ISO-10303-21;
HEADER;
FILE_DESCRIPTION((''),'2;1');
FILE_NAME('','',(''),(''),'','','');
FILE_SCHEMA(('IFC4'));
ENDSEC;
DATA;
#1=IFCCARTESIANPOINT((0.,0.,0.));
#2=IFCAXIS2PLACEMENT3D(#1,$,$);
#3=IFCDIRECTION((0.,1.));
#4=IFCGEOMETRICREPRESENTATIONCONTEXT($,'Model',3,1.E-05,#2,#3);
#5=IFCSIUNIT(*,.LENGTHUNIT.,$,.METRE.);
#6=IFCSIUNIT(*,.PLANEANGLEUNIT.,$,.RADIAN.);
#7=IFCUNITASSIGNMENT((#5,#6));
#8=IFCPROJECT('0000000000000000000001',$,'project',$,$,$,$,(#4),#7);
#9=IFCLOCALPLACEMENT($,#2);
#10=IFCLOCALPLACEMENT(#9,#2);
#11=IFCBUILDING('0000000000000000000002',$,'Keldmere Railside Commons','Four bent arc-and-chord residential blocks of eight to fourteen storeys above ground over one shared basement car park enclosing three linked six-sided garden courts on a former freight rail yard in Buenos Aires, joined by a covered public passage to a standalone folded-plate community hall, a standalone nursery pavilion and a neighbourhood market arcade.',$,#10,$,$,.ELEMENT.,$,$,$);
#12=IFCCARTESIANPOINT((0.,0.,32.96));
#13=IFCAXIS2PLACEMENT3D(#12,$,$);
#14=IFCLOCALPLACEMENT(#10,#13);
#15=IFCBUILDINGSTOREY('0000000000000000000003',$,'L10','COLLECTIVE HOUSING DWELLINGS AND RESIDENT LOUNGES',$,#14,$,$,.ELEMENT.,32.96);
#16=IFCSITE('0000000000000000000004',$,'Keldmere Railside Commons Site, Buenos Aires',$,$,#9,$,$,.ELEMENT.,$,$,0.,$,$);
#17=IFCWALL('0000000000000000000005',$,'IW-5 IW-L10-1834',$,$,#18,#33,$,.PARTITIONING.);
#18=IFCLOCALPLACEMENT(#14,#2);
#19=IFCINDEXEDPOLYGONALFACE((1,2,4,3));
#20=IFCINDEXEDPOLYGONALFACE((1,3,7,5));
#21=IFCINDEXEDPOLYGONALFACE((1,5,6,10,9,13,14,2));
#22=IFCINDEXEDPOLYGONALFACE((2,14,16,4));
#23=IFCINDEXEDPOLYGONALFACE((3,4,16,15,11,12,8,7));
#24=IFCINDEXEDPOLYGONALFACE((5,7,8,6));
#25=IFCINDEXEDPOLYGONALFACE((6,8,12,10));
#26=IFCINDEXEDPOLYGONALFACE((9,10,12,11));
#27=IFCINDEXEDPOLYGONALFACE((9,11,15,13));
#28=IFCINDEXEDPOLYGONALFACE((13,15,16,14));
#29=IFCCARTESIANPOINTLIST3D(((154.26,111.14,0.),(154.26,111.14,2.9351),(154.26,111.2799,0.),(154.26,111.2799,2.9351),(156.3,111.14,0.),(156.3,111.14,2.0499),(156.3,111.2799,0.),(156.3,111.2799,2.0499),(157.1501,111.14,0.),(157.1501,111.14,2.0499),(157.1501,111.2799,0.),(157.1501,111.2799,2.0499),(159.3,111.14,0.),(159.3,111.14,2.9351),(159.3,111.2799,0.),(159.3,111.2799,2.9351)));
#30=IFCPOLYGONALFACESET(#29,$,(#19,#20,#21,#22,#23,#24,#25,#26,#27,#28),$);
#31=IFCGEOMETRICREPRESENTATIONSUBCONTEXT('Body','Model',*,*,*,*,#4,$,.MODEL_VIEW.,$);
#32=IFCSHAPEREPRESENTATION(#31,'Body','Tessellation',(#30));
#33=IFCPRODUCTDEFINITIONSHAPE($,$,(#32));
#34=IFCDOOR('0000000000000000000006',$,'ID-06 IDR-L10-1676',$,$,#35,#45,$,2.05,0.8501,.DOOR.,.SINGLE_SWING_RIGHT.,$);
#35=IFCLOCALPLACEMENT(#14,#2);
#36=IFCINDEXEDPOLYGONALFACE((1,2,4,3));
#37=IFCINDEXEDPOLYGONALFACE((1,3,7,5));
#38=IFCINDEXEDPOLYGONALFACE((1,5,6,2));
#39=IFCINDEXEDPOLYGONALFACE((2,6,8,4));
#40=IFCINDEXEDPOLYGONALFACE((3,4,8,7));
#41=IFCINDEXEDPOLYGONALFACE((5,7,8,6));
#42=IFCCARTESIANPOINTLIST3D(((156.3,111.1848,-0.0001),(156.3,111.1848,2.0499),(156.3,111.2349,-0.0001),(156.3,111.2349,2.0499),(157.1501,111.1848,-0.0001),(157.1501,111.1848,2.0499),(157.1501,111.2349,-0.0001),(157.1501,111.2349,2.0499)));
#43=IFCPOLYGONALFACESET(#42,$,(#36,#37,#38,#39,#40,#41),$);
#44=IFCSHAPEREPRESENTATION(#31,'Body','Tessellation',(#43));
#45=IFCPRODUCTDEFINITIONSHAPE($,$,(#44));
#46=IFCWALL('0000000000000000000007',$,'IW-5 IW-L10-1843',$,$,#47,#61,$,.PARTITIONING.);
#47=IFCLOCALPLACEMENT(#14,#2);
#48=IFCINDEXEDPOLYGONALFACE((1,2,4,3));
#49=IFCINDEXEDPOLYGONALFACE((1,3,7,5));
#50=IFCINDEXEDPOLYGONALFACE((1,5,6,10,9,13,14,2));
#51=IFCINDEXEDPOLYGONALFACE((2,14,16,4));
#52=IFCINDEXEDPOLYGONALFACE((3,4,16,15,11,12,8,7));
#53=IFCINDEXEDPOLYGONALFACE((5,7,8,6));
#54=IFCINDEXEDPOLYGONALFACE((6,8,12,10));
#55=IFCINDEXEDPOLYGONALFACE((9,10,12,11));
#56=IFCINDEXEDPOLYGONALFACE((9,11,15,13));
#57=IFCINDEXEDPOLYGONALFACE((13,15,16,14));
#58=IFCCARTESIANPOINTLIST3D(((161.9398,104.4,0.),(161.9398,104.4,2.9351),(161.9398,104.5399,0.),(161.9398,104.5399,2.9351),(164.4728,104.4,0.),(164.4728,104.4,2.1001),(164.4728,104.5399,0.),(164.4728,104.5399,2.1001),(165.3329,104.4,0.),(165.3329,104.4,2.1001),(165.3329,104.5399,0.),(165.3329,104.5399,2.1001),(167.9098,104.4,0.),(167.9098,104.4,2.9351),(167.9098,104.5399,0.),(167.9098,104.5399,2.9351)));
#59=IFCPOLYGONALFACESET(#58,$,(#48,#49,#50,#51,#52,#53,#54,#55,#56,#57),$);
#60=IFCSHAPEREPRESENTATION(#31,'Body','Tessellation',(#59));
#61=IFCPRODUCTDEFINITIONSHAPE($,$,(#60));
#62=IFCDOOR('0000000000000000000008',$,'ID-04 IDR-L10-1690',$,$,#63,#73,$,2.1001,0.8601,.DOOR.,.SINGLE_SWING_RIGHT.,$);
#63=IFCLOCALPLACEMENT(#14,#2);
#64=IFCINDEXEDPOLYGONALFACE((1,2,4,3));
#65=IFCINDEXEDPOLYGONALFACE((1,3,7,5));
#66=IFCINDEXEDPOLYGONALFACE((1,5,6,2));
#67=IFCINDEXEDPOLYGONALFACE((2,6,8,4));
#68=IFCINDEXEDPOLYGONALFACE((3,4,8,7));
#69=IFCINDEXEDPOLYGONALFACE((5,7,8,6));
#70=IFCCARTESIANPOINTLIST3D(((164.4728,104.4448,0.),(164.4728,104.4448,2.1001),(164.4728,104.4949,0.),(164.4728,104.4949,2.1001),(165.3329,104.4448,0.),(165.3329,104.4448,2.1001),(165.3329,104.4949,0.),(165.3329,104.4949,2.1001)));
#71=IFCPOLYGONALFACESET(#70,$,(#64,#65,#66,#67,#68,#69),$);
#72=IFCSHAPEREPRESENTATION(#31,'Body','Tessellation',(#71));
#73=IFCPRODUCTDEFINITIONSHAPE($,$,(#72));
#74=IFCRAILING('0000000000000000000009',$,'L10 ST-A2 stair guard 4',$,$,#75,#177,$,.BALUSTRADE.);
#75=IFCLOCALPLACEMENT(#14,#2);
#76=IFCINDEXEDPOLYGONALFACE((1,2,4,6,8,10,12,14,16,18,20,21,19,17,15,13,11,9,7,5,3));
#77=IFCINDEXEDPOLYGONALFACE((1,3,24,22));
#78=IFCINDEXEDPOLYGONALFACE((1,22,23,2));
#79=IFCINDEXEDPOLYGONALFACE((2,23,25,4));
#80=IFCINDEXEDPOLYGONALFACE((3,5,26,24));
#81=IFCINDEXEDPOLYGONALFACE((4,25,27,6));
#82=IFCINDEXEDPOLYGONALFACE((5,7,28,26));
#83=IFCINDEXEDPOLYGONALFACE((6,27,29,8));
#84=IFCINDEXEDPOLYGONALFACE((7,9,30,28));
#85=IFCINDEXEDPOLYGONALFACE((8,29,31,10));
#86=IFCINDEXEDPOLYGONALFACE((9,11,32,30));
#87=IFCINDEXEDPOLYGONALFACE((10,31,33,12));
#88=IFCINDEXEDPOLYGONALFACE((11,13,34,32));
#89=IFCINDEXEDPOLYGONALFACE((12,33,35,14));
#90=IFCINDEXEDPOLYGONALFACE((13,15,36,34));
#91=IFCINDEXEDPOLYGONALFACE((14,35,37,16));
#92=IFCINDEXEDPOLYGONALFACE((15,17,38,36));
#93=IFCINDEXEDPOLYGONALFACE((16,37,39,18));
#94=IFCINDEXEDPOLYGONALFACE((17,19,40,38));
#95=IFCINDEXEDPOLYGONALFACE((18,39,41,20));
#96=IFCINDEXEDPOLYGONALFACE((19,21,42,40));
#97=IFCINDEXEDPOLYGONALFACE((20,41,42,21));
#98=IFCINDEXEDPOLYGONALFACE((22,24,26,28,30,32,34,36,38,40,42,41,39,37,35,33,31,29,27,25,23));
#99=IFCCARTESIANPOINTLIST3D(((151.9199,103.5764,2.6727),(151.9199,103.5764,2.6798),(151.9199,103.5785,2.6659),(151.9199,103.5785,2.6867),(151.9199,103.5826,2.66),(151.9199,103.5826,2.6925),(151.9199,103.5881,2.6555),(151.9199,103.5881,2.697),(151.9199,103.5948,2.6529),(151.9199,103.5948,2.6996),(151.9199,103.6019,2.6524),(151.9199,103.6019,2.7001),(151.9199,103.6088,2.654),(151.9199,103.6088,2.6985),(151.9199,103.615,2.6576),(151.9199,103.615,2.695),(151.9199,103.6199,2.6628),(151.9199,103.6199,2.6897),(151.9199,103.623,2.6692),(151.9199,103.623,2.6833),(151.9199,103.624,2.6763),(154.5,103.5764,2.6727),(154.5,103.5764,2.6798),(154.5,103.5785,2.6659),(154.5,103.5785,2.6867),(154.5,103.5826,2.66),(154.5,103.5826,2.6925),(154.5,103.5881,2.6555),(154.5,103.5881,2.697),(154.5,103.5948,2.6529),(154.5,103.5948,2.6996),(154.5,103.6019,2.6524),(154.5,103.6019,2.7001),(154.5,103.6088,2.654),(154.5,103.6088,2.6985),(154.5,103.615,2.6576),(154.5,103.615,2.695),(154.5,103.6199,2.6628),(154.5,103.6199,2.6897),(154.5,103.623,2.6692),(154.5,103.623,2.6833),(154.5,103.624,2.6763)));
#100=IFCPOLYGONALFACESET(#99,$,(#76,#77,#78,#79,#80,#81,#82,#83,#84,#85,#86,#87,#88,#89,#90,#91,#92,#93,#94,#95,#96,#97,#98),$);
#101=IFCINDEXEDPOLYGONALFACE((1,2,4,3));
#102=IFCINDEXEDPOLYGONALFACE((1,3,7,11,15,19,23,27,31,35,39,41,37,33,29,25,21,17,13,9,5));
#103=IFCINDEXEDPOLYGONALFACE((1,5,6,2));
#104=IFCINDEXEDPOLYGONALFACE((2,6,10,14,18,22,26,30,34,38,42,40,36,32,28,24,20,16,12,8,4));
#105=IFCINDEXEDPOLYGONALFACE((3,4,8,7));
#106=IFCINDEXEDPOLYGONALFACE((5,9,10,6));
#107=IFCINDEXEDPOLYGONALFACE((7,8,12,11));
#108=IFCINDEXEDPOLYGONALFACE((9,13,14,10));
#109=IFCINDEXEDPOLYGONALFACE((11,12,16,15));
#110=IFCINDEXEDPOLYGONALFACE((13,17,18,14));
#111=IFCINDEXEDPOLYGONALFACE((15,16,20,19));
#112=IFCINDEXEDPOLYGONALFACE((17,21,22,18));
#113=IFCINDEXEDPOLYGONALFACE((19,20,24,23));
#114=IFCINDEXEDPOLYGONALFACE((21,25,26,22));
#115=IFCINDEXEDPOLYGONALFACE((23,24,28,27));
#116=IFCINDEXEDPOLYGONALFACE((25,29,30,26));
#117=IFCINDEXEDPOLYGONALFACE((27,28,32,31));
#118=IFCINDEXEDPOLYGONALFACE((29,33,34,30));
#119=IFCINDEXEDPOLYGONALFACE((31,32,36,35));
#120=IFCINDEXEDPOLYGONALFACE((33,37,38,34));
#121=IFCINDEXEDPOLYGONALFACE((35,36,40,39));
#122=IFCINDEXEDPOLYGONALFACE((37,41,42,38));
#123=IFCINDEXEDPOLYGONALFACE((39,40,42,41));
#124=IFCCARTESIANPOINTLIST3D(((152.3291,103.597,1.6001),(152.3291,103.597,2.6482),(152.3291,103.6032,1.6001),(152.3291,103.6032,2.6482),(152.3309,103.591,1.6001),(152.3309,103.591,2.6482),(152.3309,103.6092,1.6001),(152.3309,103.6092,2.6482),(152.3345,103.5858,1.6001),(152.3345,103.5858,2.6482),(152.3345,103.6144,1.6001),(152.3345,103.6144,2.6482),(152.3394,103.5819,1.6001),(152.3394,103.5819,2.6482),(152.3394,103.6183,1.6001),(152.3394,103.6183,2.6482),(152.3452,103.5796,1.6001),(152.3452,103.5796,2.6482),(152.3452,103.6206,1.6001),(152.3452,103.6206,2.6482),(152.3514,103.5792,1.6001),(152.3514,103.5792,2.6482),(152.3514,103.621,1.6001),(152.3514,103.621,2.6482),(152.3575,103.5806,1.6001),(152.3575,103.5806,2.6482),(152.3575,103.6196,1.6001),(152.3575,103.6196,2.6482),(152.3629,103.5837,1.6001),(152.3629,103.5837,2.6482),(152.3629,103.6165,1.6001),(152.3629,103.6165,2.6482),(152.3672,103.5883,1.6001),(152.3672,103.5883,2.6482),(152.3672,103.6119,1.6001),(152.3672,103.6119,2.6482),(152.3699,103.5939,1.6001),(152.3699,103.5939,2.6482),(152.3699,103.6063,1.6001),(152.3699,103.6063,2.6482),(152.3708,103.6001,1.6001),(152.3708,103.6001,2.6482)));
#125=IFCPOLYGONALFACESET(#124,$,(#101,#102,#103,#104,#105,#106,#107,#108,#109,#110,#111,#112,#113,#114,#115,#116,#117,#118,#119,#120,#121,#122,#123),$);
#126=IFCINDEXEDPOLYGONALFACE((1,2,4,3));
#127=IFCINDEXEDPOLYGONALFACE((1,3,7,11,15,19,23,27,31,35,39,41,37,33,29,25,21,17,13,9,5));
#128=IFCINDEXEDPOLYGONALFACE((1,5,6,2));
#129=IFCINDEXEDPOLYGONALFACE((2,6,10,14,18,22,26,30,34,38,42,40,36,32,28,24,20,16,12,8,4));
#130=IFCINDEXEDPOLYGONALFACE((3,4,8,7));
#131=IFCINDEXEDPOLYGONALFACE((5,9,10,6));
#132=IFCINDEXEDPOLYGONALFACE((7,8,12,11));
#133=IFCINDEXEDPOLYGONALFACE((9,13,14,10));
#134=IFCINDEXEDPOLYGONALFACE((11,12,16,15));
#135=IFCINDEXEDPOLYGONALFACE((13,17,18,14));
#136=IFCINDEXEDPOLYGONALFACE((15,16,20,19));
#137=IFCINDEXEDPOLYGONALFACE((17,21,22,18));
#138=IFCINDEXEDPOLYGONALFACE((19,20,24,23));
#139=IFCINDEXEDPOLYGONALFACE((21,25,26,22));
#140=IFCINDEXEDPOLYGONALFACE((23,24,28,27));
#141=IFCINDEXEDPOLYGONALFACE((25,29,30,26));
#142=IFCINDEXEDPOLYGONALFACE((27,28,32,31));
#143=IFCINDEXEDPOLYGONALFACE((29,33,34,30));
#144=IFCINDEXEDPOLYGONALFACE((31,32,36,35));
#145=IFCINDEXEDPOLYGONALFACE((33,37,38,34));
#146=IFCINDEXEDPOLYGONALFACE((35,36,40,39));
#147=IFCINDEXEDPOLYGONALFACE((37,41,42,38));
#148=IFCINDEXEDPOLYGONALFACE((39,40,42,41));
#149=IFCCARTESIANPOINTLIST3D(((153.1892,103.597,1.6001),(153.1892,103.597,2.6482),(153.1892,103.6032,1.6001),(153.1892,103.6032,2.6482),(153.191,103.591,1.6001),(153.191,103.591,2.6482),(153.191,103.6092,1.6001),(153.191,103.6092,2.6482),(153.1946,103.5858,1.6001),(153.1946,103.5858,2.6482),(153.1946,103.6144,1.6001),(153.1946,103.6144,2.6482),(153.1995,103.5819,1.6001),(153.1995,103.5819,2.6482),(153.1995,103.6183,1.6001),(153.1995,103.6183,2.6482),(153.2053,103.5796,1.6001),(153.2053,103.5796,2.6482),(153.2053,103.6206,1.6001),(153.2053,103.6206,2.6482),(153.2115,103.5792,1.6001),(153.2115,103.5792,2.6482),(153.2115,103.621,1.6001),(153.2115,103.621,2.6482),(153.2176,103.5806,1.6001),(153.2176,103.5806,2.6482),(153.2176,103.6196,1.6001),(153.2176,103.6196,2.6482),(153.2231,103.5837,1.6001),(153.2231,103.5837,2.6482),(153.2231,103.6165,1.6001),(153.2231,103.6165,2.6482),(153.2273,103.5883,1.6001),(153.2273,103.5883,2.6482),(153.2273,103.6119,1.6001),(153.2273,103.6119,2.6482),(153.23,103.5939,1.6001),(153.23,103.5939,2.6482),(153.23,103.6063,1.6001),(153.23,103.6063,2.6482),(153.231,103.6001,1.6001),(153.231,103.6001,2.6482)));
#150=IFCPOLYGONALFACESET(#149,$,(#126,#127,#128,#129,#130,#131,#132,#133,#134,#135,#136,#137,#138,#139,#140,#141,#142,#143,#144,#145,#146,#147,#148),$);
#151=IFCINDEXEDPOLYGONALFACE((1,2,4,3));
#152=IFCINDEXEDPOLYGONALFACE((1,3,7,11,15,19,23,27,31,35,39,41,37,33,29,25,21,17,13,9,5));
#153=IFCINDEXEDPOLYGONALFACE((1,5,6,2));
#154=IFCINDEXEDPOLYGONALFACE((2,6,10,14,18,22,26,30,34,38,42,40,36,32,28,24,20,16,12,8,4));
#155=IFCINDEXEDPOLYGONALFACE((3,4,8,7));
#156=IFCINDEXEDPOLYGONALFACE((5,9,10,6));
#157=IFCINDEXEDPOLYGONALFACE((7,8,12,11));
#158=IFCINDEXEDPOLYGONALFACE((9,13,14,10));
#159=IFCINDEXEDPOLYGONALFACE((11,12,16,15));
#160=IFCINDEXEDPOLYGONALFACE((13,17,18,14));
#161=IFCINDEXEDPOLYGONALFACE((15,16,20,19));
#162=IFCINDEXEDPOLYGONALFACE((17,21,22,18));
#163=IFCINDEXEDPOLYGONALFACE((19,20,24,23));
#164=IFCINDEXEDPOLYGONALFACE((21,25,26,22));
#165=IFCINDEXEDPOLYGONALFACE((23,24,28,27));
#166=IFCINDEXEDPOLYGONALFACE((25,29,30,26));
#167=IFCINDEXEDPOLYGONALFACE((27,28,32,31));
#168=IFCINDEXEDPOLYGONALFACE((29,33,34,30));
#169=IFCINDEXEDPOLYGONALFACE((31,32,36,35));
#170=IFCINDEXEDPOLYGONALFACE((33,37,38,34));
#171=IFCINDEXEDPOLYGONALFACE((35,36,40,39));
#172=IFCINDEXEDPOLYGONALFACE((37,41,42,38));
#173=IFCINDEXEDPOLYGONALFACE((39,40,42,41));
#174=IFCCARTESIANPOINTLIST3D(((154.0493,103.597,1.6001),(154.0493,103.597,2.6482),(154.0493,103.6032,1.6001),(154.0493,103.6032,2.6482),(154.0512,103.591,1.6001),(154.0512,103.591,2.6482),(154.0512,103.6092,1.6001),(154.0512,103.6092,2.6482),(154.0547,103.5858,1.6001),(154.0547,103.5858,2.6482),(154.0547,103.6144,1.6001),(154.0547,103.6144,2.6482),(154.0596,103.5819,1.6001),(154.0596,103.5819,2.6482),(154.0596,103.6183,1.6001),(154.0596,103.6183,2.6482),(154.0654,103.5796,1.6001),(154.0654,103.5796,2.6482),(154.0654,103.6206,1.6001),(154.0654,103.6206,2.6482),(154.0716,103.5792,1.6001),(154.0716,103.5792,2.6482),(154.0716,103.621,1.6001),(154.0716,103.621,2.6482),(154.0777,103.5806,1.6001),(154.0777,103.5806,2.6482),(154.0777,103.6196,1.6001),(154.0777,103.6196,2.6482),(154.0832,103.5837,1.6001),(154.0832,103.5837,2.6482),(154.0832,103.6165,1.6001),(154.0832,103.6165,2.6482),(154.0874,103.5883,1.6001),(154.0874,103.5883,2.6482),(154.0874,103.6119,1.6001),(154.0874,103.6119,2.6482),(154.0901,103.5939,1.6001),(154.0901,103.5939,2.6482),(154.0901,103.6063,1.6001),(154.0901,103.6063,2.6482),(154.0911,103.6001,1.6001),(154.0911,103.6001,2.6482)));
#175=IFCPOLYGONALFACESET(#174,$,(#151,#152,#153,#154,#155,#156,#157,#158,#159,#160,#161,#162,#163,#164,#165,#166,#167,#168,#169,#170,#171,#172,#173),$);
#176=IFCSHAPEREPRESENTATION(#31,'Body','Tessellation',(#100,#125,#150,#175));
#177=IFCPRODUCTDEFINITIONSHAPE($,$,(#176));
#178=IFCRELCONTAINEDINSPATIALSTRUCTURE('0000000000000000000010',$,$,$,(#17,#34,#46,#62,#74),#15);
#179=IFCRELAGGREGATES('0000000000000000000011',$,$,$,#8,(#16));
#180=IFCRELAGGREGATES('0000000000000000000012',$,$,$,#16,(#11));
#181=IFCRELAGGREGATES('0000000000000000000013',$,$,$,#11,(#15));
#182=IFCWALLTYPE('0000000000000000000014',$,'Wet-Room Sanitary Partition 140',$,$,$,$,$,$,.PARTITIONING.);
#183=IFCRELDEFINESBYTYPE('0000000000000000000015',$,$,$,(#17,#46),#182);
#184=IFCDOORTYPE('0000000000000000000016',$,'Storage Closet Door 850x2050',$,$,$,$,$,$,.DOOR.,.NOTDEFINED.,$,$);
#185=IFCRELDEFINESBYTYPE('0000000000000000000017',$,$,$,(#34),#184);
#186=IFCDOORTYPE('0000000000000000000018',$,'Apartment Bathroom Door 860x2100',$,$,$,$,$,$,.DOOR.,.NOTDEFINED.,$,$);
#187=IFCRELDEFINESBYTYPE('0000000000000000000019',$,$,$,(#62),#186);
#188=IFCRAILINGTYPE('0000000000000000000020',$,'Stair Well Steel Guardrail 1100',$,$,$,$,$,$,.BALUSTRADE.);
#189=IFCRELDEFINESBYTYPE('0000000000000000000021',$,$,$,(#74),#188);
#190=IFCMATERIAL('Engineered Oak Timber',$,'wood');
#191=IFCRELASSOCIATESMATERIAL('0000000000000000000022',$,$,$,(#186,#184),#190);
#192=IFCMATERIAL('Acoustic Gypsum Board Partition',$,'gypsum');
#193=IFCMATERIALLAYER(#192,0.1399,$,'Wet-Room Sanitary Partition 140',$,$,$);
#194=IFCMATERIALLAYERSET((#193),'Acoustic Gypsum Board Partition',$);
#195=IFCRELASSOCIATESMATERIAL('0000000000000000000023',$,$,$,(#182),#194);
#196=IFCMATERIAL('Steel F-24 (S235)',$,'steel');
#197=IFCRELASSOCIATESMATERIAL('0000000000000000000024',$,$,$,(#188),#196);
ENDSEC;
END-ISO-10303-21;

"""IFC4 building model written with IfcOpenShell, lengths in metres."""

from ifc_helpers import new_model, si_unit, direction, frame, frame_2d, origin, origin_2d, place, context, subcontext, project, spatial, rectangle, circle, extrude, material, layer, layer_set, type_object, element, fill, save


model = new_model("IFC4")

# Units and contexts
model_context = context("Model", 3, precision=1e-05, world=origin(), true_north=direction((0.0, 1.0)))
body_context = subcontext(model_context, "Body", "Model", "MODEL_VIEW")
ifc_project = project(units=[si_unit("LENGTHUNIT", "METRE"), si_unit("PLANEANGLEUNIT", "RADIAN")], contexts=[model_context])

# Site, building, storey
site_placement = place(None, origin())
site = spatial("IfcSite", under=ifc_project, at=site_placement, Name="Keldmere Railside Commons Site, Buenos Aires", CompositionType="ELEMENT", RefElevation=0.0)
building_placement = place(site_placement, origin())
building = spatial("IfcBuilding", under=site, at=building_placement, Name="Keldmere Railside Commons", Description="Four bent arc-and-chord residential blocks of eight to fourteen storeys above ground over one shared basement car park enclosing three linked six-sided garden courts on a former freight rail yard in Buenos Aires, joined by a covered public passage to a standalone folded-plate community hall, a standalone nursery pavilion and a neighbourhood market arcade.", CompositionType="ELEMENT")
storey_placement = place(building_placement, frame((0.0, 0.0, 32.96)))
storey = spatial("IfcBuildingStorey", under=building, at=storey_placement, Name="L10", Description="COLLECTIVE HOUSING DWELLINGS AND RESIDENT LOUNGES", CompositionType="ELEMENT", Elevation=32.96)

# Shared definitions
ifc_material_1 = material(Name="Acoustic Gypsum Board Partition", Category="gypsum")

# Shared definitions
ifc_material_2 = material(Name="Engineered Oak Timber", Category="wood")
door_type_1 = type_object("IfcDoorType", Name="Apartment Bathroom Door 860x2100", OperationType="NOTDEFINED", PredefinedType="DOOR", material=ifc_material_2)
ifc_material_3 = material(Name="Steel F-24 (S235)", Category="steel")

# Walls, openings, doors
ifc_layer_1 = layer(ifc_material_1, 0.1399, Name="Wet-Room Sanitary Partition 140")
ifc_layer_set_1 = layer_set([ifc_layer_1], Name="Acoustic Gypsum Board Partition")
wall_type_1 = type_object("IfcWallType", Name="Wet-Room Sanitary Partition 140", PredefinedType="PARTITIONING", material=ifc_layer_set_1)
wall_1_placement = place(storey_placement, frame((154.26, 111.21, 0.0), z_axis=(0.0, 0.0, 1.0), x_axis=(1.0, 0.0, 0.0)))
wall_1 = element("IfcWall", 1, at=wall_1_placement, inside=storey, type_object=wall_type_1, Name="IW-5 IW-L10-1834", PredefinedType="PARTITIONING", context=body_context, shape_type="SweptSolid", body=[
    extrude(rectangle(XDim=5.04, YDim=0.1399, at=frame_2d((2.52, 0.0))), origin(), (0.0, 0.0, 1.0), 2.9351),
])
opening_1_placement = place(wall_1_placement, frame((2.04, 0.0, 0.0)))
opening_1 = element("IfcOpeningElement", 2, at=opening_1_placement, cuts=wall_1, PredefinedType="OPENING", context=body_context, shape_type="SweptSolid", body=[
    extrude(rectangle(XDim=0.8501, YDim=2.05, at=frame_2d((0.425, 1.0249))), frame((0.0, 0.0798, 0.0), z_axis=(0.0, -1.0, 0.0), x_axis=(1.0, 0.0, 0.0)), (0.0, 0.0, 1.0), 0.1599),
])
door_type_2 = type_object("IfcDoorType", Name="Storage Closet Door 850x2050", OperationType="NOTDEFINED", PredefinedType="DOOR", material=ifc_material_2)
door_1_placement = place(opening_1_placement, origin())
door_1 = element("IfcDoor", 3, at=door_1_placement, inside=storey, type_object=door_type_2, Name="ID-06 IDR-L10-1676", OperationType="SINGLE_SWING_RIGHT", OverallHeight=2.05, OverallWidth=0.8501, PredefinedType="DOOR", context=body_context, shape_type="SweptSolid", body=[
    extrude(rectangle(XDim=0.8501, YDim=2.05, at=frame_2d((0.425, 1.0249))), frame((0.0, 0.0249, 0.0), z_axis=(0.0, -1.0, 0.0), x_axis=(1.0, 0.0, 0.0)), (0.0, 0.0, 1.0), 0.05),
])
fill(opening_1, door_1)
wall_2_placement = place(storey_placement, frame((161.9399, 104.47, 0.0), z_axis=(0.0, 0.0, 1.0), x_axis=(1.0, 0.0, 0.0)))
wall_2 = element("IfcWall", 4, at=wall_2_placement, inside=storey, type_object=wall_type_1, Name="IW-5 IW-L10-1843", PredefinedType="PARTITIONING", context=body_context, shape_type="SweptSolid", body=[
    extrude(rectangle(XDim=5.97, YDim=0.1399, at=frame_2d((2.9849, 0.0))), origin(), (0.0, 0.0, 1.0), 2.9351),
])
opening_2_placement = place(wall_2_placement, frame((2.5327, 0.0, 0.0)))
opening_2 = element("IfcOpeningElement", 5, at=opening_2_placement, cuts=wall_2, PredefinedType="OPENING", context=body_context, shape_type="SweptSolid", body=[
    extrude(rectangle(XDim=0.8601, YDim=2.1001, at=frame_2d((0.4302, 1.05))), frame((0.0, 0.0798, 0.0), z_axis=(0.0, -1.0, 0.0), x_axis=(1.0, 0.0, 0.0)), (0.0, 0.0, 1.0), 0.1599),
])
door_2_placement = place(opening_2_placement, origin())
door_2 = element("IfcDoor", 6, at=door_2_placement, inside=storey, type_object=door_type_1, Name="ID-04 IDR-L10-1690", OperationType="SINGLE_SWING_RIGHT", OverallHeight=2.1001, OverallWidth=0.8601, PredefinedType="DOOR", context=body_context, shape_type="SweptSolid", body=[
    extrude(rectangle(XDim=0.8601, YDim=2.1001, at=frame_2d((0.4302, 1.05))), frame((0.0, 0.0249, 0.0), z_axis=(0.0, -1.0, 0.0), x_axis=(1.0, 0.0, 0.0)), (0.0, 0.0, 1.0), 0.05),
])
fill(opening_2, door_2)

# Railing
railing_type_1 = type_object("IfcRailingType", Name="Stair Well Steel Guardrail 1100", PredefinedType="BALUSTRADE", material=ifc_material_3)
railing_1_placement = place(storey_placement, frame((151.9199, 103.6001, 1.6001)))
element("IfcRailing", 7, at=railing_1_placement, inside=storey, type_object=railing_type_1, Name="L10 ST-A2 stair guard 4", PredefinedType="BALUSTRADE", context=body_context, shape_type="SweptSolid", body=[
    extrude(circle(Radius=0.0239, at=origin_2d()), frame((0.0, 0.0, 1.0762), z_axis=(1.0, 0.0, 0.0), x_axis=(0.0, 1.0, 0.0)), (0.0, 0.0, 1.0), 2.5801),
    extrude(circle(Radius=0.021, at=origin_2d()), frame((0.4299, 0.0, 0.0)), (0.0, 0.0, 1.0), 1.0481),
    extrude(circle(Radius=0.021, at=origin_2d()), frame((1.29, 0.0, 0.0)), (0.0, 0.0, 1.0), 1.0481),
    extrude(circle(Radius=0.021, at=origin_2d()), frame((2.1501, 0.0, 0.0)), (0.0, 0.0, 1.0), 1.0481),
])

save(model, "model.ifc")
